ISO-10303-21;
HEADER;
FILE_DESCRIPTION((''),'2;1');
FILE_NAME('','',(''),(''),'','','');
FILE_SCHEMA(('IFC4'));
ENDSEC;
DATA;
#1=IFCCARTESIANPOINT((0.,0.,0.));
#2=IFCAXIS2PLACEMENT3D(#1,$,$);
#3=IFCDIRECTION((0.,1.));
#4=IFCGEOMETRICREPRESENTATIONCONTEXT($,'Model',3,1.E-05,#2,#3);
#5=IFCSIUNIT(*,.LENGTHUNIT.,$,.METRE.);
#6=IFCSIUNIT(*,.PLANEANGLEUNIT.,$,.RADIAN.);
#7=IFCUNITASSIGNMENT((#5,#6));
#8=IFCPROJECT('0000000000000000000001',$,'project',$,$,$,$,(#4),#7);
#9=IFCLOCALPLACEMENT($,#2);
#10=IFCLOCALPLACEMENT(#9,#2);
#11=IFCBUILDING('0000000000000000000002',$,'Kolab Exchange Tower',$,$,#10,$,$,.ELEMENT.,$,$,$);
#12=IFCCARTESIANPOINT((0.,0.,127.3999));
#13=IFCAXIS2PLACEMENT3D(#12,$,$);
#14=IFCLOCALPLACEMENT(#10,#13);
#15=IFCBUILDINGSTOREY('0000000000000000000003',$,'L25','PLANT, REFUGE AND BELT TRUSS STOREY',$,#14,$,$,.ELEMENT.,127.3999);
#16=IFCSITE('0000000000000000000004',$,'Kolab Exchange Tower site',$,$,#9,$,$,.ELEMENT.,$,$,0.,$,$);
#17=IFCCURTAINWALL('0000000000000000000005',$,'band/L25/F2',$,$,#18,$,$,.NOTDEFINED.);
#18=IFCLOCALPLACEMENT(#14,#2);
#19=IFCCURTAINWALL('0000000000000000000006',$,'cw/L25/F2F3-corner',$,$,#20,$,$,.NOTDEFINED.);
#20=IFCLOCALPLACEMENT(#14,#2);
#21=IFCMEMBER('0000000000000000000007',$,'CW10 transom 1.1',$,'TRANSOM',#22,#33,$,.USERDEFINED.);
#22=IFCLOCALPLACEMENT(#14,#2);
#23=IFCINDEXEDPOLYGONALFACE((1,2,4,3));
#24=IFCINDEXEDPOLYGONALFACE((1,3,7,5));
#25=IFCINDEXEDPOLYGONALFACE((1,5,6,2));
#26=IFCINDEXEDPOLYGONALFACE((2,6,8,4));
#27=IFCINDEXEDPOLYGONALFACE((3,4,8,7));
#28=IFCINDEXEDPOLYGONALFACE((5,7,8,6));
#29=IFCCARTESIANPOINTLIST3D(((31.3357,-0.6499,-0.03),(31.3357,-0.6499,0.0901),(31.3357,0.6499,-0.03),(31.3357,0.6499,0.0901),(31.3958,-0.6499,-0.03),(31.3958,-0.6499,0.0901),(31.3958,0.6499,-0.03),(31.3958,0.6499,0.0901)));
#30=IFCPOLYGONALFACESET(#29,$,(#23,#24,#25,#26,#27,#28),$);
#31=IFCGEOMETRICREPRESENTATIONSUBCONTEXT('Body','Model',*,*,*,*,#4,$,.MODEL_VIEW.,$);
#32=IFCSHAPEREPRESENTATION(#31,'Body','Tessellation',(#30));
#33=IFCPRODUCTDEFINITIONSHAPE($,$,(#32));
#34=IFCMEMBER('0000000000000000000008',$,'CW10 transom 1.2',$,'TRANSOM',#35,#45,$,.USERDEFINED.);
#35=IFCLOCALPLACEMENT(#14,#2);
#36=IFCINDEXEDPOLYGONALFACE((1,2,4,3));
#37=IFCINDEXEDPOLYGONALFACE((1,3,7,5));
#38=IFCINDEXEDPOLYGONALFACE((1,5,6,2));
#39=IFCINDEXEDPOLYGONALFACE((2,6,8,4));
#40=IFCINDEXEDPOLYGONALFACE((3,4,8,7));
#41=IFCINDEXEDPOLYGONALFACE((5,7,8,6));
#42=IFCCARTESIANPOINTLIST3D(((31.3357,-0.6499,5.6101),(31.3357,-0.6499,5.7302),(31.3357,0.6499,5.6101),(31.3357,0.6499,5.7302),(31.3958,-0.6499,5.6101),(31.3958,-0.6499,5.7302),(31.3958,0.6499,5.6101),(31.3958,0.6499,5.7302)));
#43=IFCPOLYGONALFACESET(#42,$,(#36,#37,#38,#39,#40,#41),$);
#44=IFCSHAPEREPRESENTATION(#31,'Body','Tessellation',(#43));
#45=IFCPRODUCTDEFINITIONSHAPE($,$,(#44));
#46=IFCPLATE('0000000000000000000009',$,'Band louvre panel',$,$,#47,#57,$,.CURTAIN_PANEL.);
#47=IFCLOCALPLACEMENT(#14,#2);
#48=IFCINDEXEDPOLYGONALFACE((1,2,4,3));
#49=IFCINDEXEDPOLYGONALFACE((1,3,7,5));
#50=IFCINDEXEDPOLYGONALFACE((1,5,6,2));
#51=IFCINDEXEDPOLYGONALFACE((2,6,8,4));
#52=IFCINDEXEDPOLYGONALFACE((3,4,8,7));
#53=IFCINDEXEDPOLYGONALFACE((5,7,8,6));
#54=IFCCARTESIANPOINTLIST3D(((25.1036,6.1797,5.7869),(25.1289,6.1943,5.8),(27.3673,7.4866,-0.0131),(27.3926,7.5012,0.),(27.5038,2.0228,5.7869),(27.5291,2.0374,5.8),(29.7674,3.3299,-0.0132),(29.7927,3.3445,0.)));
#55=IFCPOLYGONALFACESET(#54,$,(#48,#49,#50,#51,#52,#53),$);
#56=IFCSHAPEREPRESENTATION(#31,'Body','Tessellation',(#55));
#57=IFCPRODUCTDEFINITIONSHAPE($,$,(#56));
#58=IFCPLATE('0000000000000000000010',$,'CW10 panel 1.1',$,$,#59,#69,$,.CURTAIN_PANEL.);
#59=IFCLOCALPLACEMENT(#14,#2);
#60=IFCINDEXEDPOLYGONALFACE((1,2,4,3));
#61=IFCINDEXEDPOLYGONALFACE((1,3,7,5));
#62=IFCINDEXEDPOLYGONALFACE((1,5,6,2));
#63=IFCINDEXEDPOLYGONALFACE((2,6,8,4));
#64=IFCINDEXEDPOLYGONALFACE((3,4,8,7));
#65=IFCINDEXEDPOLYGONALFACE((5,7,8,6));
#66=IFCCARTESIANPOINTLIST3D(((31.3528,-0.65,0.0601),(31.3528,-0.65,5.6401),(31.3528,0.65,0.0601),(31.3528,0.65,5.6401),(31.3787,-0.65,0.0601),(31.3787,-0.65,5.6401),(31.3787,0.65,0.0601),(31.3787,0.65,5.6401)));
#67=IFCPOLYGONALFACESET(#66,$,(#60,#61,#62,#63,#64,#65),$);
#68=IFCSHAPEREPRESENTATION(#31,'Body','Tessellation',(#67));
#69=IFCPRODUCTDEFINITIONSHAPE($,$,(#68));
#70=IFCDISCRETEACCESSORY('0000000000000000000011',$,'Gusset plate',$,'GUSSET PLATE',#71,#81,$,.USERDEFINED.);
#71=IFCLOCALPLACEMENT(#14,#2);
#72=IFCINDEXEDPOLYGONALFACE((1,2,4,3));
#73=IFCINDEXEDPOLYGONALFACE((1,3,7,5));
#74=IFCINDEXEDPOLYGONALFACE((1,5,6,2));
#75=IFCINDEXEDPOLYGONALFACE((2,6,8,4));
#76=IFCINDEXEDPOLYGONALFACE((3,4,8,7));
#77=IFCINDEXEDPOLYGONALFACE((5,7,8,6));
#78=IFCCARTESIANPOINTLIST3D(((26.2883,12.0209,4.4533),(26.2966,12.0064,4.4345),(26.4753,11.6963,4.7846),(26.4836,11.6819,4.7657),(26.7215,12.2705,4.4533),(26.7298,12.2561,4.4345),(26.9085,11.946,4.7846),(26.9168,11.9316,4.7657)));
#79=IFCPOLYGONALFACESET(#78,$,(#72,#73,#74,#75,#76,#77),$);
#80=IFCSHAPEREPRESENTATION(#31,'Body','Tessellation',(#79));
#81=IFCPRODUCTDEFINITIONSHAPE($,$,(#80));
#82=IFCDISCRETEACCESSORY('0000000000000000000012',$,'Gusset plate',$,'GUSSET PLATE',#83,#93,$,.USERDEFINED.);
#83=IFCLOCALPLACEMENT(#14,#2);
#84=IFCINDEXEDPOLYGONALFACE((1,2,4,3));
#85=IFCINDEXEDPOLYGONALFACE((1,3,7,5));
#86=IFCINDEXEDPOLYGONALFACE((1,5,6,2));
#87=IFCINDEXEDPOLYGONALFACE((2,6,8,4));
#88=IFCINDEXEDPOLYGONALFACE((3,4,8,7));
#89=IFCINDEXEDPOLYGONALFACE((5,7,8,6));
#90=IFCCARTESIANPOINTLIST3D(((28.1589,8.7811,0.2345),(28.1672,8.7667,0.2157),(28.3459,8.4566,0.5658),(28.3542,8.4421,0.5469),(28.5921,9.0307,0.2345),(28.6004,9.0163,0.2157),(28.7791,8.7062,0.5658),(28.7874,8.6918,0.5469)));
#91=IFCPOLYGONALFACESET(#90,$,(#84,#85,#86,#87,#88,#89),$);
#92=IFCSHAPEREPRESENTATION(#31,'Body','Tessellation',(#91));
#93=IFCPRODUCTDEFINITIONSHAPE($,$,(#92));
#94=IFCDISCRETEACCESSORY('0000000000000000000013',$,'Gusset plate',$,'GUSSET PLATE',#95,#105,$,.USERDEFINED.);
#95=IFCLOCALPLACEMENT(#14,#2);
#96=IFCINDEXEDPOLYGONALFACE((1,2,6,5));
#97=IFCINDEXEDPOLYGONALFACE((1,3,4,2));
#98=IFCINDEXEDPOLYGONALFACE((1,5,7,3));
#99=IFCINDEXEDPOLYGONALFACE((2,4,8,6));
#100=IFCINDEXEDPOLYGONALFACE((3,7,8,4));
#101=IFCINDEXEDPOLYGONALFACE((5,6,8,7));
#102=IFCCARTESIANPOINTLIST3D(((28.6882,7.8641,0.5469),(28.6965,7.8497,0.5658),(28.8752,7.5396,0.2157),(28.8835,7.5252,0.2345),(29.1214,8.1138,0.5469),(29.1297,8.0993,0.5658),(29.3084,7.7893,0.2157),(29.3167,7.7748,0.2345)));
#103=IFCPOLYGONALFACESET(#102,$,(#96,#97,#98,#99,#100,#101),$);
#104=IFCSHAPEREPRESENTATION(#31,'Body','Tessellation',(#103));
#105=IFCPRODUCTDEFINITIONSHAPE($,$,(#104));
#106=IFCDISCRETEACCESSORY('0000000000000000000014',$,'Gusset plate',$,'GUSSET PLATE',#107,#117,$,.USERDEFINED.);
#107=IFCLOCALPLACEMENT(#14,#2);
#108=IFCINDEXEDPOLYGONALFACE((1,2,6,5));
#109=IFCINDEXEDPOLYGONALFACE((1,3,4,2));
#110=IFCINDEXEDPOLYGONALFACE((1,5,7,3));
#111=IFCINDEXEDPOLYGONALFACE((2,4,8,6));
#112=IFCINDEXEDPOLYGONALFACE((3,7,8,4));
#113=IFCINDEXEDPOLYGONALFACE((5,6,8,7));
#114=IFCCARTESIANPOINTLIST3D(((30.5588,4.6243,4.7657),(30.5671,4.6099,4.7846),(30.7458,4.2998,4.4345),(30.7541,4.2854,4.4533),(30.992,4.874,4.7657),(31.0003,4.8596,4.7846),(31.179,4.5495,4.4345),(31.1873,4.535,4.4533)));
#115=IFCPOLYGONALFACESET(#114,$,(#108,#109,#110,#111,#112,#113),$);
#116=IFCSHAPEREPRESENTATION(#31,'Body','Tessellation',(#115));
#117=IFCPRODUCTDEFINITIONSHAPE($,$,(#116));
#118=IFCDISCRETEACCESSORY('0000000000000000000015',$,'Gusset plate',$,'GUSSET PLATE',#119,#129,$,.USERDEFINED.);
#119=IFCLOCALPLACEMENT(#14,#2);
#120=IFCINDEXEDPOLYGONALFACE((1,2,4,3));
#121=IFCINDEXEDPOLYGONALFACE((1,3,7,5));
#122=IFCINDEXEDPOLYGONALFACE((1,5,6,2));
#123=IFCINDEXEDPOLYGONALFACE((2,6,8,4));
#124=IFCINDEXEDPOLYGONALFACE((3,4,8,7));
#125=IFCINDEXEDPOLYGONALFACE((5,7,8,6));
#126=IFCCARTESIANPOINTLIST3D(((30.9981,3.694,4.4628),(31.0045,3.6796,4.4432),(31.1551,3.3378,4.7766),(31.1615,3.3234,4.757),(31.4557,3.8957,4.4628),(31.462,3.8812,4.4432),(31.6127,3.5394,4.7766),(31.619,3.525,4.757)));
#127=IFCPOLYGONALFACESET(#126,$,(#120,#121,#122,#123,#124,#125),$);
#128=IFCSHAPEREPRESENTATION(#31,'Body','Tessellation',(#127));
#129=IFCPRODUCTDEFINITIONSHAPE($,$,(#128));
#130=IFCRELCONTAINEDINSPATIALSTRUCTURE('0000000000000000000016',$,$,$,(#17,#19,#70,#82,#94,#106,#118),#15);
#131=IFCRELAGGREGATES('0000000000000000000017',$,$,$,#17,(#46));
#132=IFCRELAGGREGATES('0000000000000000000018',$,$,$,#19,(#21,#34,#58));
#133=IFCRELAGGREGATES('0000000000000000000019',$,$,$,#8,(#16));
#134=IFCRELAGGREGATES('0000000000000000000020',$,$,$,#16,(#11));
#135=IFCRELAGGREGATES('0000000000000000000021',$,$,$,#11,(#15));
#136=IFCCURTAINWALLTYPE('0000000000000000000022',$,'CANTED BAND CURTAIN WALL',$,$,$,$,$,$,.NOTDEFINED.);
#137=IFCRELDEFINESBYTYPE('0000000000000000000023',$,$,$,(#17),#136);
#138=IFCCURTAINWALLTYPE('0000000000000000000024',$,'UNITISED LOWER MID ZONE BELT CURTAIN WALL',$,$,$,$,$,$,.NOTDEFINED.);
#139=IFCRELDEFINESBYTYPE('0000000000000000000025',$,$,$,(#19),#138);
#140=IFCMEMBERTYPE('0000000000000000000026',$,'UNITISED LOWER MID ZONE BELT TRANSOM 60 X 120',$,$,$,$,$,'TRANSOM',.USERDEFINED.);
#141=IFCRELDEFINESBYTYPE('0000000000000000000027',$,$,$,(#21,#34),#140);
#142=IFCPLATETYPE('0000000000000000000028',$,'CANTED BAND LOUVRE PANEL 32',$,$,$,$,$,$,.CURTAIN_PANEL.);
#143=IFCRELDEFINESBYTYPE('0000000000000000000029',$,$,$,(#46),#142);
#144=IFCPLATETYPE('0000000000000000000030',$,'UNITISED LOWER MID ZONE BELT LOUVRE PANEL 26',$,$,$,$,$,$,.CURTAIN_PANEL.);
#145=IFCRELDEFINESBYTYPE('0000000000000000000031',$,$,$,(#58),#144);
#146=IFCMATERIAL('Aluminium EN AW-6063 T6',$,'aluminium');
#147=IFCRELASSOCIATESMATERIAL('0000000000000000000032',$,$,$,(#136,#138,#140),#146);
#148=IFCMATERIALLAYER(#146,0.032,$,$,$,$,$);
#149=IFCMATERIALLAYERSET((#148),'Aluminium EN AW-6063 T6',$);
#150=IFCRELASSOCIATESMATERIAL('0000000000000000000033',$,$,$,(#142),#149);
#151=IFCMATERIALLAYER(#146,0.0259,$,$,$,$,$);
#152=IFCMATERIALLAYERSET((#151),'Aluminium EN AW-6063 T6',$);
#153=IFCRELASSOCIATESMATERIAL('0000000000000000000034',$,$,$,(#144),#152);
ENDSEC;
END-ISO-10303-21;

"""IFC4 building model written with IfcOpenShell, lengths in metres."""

from ifc_helpers import new_model, si_unit, direction, frame, origin, origin_2d, place, context, subcontext, project, spatial, polyline, rectangle, outline, extrude, material, layer, layer_set, material_profile, profile_set, type_object, element, aggregate, save


model = new_model("IFC4")

# Units and contexts
model_context = context("Model", 3, precision=1e-05, world=origin(), true_north=direction((0.0, 1.0)))
body_context = subcontext(model_context, "Body", "Model", "MODEL_VIEW")
ifc_project = project(units=[si_unit("LENGTHUNIT", "METRE"), si_unit("PLANEANGLEUNIT", "RADIAN")], contexts=[model_context])

# Site, building, storey
site_placement = place(None, origin())
site = spatial("IfcSite", under=ifc_project, at=site_placement, Name="Kolab Exchange Tower site", CompositionType="ELEMENT", RefElevation=0.0)
building_placement = place(site_placement, origin())
building = spatial("IfcBuilding", under=site, at=building_placement, Name="Kolab Exchange Tower", CompositionType="ELEMENT")
storey_placement = place(building_placement, frame((0.0, 0.0, 127.3999)))
storey = spatial("IfcBuildingStorey", under=building, at=storey_placement, Name="L25", Description="PLANT, REFUGE AND BELT TRUSS STOREY", CompositionType="ELEMENT", Elevation=127.3999)

# Curtain wall
ifc_material_1 = material(Name="Aluminium EN AW-6063 T6", Category="aluminium")
curtain_wall_type_1 = type_object("IfcCurtainWallType", Name="CANTED BAND CURTAIN WALL", PredefinedType="NOTDEFINED", material=ifc_material_1)
curtain_wall_1_placement = place(storey_placement, origin())
curtain_wall_1 = element("IfcCurtainWall", 1, at=curtain_wall_1_placement, inside=storey, type_object=curtain_wall_type_1, Name="band/L25/F2", PredefinedType="NOTDEFINED")

# Curtain wall, members
curtain_wall_type_2 = type_object("IfcCurtainWallType", Name="UNITISED LOWER MID ZONE BELT CURTAIN WALL", PredefinedType="NOTDEFINED", material=ifc_material_1)
curtain_wall_2_placement = place(storey_placement, origin())
curtain_wall_2 = element("IfcCurtainWall", 2, at=curtain_wall_2_placement, inside=storey, type_object=curtain_wall_type_2, Name="cw/L25/F2F3-corner", PredefinedType="NOTDEFINED")
ifc_material_profile_1 = material_profile(ifc_material_1, rectangle(XDim=0.0601, YDim=0.1201, at=origin_2d()), Name="RECT 60X120")
ifc_profile_set_1 = profile_set([ifc_material_profile_1], Name="Aluminium EN AW-6063 T6")
member_type_1 = type_object("IfcMemberType", Name="UNITISED LOWER MID ZONE BELT TRANSOM 60 X 120", ElementType="TRANSOM", PredefinedType="USERDEFINED", material=ifc_profile_set_1)
member_1_placement = place(storey_placement, frame((31.3657, 0.6499, 0.03), z_axis=(0.0, -1.0, 0.0), x_axis=(1.0, 0.0, 0.0)))
member_1 = element("IfcMember", 3, at=member_1_placement, type_object=member_type_1, Name="CW10 transom 1.1", ObjectType="TRANSOM", PredefinedType="USERDEFINED", context=body_context, shape_type="SweptSolid", body=[
    extrude(rectangle(XDim=0.0601, YDim=0.1201, at=origin_2d()), origin(), (0.0, 0.0, 1.0), 1.2998),
])
member_2_placement = place(storey_placement, frame((31.3657, 0.6499, 5.6702), z_axis=(0.0, -1.0, 0.0), x_axis=(1.0, 0.0, 0.0)))
member_2 = element("IfcMember", 4, at=member_2_placement, type_object=member_type_1, Name="CW10 transom 1.2", ObjectType="TRANSOM", PredefinedType="USERDEFINED", context=body_context, shape_type="SweptSolid", body=[
    extrude(rectangle(XDim=0.0601, YDim=0.1201, at=origin_2d()), origin(), (0.0, 0.0, 1.0), 1.2998),
])

# Plates
ifc_layer_1 = layer(ifc_material_1, 0.032)
ifc_layer_set_1 = layer_set([ifc_layer_1], Name="Aluminium EN AW-6063 T6")
plate_type_1 = type_object("IfcPlateType", Name="CANTED BAND LOUVRE PANEL 32", PredefinedType="CURTAIN_PANEL", material=ifc_layer_set_1)
plate_1_placement = place(storey_placement, frame((27.3926, 7.5012, 0.0), z_axis=(0.789535, 0.455873, 0.410872), x_axis=(0.50003, -0.866008, -0.000005)))
plate_1 = element("IfcPlate", 5, at=plate_1_placement, type_object=plate_type_1, Name="Band louvre panel", PredefinedType="CURTAIN_PANEL", context=body_context, shape_type="SweptSolid", body=[
    extrude(outline(polyline([(0.0, 0.0), (4.7999, 0.0), (4.8, -6.3619), (-0.0002, -6.3618), (0.0, 0.0)])), origin(), (0.0, 0.0, -1.0), 0.032),
])
aggregate(curtain_wall_1, [plate_1])
ifc_layer_2 = layer(ifc_material_1, 0.0259)
ifc_layer_set_2 = layer_set([ifc_layer_2], Name="Aluminium EN AW-6063 T6")
plate_type_2 = type_object("IfcPlateType", Name="UNITISED LOWER MID ZONE BELT LOUVRE PANEL 26", PredefinedType="CURTAIN_PANEL", material=ifc_layer_set_2)
plate_2_placement = place(storey_placement, frame((31.3657, 0.0, 0.0601), z_axis=(0.0, 0.0, 1.0), x_axis=(0.0, -1.0, 0.0)))
plate_2 = element("IfcPlate", 6, at=plate_2_placement, type_object=plate_type_2, Name="CW10 panel 1.1", PredefinedType="CURTAIN_PANEL", context=body_context, shape_type="SweptSolid", body=[
    extrude(rectangle(XDim=1.3, YDim=0.0259, at=origin_2d()), origin(), (0.0, 0.0, 1.0), 5.5801),
])
aggregate(curtain_wall_2, [member_1, member_2, plate_2])

# Discrete accessories
for number, where, z_axis, x_axis, name in (
    (7, (26.6067, 11.969, 4.6001), (-0.330768, 0.57398, 0.749092), (-0.86643, -0.499299, 0.0), "Gusset plate"),
    (8, (28.469, 8.7437, 0.4001), (0.330768, -0.57398, -0.749092), (0.86643, 0.499299, 0.0), "Gusset plate"),
    (9, (29.0066, 7.8123, 0.4001), (-0.330768, 0.57398, -0.749092), (-0.86643, -0.499299, 0.0), "Gusset plate"),
    (10, (30.8689, 4.5869, 4.6001), (0.330768, -0.57398, 0.749092), (0.86643, 0.499299, 0.0), "Gusset plate"),
    (11, (31.3118, 3.6023, 4.6001), (-0.253048, 0.574225, 0.77861), (-0.915086, -0.403258, 0.0), "Gusset plate"),
):
    element("IfcDiscreteAccessory", number, at=place(storey_placement, frame(where, z_axis=z_axis, x_axis=x_axis)), inside=storey, Name=name, ObjectType="GUSSET PLATE", PredefinedType="USERDEFINED", context=body_context, shape_type="SweptSolid", body=[
        extrude(rectangle(XDim=0.5, YDim=0.5, at=origin_2d()), origin(), (0.0, 0.0, 1.0), 0.0251),
    ])

save(model, "model.ifc")
